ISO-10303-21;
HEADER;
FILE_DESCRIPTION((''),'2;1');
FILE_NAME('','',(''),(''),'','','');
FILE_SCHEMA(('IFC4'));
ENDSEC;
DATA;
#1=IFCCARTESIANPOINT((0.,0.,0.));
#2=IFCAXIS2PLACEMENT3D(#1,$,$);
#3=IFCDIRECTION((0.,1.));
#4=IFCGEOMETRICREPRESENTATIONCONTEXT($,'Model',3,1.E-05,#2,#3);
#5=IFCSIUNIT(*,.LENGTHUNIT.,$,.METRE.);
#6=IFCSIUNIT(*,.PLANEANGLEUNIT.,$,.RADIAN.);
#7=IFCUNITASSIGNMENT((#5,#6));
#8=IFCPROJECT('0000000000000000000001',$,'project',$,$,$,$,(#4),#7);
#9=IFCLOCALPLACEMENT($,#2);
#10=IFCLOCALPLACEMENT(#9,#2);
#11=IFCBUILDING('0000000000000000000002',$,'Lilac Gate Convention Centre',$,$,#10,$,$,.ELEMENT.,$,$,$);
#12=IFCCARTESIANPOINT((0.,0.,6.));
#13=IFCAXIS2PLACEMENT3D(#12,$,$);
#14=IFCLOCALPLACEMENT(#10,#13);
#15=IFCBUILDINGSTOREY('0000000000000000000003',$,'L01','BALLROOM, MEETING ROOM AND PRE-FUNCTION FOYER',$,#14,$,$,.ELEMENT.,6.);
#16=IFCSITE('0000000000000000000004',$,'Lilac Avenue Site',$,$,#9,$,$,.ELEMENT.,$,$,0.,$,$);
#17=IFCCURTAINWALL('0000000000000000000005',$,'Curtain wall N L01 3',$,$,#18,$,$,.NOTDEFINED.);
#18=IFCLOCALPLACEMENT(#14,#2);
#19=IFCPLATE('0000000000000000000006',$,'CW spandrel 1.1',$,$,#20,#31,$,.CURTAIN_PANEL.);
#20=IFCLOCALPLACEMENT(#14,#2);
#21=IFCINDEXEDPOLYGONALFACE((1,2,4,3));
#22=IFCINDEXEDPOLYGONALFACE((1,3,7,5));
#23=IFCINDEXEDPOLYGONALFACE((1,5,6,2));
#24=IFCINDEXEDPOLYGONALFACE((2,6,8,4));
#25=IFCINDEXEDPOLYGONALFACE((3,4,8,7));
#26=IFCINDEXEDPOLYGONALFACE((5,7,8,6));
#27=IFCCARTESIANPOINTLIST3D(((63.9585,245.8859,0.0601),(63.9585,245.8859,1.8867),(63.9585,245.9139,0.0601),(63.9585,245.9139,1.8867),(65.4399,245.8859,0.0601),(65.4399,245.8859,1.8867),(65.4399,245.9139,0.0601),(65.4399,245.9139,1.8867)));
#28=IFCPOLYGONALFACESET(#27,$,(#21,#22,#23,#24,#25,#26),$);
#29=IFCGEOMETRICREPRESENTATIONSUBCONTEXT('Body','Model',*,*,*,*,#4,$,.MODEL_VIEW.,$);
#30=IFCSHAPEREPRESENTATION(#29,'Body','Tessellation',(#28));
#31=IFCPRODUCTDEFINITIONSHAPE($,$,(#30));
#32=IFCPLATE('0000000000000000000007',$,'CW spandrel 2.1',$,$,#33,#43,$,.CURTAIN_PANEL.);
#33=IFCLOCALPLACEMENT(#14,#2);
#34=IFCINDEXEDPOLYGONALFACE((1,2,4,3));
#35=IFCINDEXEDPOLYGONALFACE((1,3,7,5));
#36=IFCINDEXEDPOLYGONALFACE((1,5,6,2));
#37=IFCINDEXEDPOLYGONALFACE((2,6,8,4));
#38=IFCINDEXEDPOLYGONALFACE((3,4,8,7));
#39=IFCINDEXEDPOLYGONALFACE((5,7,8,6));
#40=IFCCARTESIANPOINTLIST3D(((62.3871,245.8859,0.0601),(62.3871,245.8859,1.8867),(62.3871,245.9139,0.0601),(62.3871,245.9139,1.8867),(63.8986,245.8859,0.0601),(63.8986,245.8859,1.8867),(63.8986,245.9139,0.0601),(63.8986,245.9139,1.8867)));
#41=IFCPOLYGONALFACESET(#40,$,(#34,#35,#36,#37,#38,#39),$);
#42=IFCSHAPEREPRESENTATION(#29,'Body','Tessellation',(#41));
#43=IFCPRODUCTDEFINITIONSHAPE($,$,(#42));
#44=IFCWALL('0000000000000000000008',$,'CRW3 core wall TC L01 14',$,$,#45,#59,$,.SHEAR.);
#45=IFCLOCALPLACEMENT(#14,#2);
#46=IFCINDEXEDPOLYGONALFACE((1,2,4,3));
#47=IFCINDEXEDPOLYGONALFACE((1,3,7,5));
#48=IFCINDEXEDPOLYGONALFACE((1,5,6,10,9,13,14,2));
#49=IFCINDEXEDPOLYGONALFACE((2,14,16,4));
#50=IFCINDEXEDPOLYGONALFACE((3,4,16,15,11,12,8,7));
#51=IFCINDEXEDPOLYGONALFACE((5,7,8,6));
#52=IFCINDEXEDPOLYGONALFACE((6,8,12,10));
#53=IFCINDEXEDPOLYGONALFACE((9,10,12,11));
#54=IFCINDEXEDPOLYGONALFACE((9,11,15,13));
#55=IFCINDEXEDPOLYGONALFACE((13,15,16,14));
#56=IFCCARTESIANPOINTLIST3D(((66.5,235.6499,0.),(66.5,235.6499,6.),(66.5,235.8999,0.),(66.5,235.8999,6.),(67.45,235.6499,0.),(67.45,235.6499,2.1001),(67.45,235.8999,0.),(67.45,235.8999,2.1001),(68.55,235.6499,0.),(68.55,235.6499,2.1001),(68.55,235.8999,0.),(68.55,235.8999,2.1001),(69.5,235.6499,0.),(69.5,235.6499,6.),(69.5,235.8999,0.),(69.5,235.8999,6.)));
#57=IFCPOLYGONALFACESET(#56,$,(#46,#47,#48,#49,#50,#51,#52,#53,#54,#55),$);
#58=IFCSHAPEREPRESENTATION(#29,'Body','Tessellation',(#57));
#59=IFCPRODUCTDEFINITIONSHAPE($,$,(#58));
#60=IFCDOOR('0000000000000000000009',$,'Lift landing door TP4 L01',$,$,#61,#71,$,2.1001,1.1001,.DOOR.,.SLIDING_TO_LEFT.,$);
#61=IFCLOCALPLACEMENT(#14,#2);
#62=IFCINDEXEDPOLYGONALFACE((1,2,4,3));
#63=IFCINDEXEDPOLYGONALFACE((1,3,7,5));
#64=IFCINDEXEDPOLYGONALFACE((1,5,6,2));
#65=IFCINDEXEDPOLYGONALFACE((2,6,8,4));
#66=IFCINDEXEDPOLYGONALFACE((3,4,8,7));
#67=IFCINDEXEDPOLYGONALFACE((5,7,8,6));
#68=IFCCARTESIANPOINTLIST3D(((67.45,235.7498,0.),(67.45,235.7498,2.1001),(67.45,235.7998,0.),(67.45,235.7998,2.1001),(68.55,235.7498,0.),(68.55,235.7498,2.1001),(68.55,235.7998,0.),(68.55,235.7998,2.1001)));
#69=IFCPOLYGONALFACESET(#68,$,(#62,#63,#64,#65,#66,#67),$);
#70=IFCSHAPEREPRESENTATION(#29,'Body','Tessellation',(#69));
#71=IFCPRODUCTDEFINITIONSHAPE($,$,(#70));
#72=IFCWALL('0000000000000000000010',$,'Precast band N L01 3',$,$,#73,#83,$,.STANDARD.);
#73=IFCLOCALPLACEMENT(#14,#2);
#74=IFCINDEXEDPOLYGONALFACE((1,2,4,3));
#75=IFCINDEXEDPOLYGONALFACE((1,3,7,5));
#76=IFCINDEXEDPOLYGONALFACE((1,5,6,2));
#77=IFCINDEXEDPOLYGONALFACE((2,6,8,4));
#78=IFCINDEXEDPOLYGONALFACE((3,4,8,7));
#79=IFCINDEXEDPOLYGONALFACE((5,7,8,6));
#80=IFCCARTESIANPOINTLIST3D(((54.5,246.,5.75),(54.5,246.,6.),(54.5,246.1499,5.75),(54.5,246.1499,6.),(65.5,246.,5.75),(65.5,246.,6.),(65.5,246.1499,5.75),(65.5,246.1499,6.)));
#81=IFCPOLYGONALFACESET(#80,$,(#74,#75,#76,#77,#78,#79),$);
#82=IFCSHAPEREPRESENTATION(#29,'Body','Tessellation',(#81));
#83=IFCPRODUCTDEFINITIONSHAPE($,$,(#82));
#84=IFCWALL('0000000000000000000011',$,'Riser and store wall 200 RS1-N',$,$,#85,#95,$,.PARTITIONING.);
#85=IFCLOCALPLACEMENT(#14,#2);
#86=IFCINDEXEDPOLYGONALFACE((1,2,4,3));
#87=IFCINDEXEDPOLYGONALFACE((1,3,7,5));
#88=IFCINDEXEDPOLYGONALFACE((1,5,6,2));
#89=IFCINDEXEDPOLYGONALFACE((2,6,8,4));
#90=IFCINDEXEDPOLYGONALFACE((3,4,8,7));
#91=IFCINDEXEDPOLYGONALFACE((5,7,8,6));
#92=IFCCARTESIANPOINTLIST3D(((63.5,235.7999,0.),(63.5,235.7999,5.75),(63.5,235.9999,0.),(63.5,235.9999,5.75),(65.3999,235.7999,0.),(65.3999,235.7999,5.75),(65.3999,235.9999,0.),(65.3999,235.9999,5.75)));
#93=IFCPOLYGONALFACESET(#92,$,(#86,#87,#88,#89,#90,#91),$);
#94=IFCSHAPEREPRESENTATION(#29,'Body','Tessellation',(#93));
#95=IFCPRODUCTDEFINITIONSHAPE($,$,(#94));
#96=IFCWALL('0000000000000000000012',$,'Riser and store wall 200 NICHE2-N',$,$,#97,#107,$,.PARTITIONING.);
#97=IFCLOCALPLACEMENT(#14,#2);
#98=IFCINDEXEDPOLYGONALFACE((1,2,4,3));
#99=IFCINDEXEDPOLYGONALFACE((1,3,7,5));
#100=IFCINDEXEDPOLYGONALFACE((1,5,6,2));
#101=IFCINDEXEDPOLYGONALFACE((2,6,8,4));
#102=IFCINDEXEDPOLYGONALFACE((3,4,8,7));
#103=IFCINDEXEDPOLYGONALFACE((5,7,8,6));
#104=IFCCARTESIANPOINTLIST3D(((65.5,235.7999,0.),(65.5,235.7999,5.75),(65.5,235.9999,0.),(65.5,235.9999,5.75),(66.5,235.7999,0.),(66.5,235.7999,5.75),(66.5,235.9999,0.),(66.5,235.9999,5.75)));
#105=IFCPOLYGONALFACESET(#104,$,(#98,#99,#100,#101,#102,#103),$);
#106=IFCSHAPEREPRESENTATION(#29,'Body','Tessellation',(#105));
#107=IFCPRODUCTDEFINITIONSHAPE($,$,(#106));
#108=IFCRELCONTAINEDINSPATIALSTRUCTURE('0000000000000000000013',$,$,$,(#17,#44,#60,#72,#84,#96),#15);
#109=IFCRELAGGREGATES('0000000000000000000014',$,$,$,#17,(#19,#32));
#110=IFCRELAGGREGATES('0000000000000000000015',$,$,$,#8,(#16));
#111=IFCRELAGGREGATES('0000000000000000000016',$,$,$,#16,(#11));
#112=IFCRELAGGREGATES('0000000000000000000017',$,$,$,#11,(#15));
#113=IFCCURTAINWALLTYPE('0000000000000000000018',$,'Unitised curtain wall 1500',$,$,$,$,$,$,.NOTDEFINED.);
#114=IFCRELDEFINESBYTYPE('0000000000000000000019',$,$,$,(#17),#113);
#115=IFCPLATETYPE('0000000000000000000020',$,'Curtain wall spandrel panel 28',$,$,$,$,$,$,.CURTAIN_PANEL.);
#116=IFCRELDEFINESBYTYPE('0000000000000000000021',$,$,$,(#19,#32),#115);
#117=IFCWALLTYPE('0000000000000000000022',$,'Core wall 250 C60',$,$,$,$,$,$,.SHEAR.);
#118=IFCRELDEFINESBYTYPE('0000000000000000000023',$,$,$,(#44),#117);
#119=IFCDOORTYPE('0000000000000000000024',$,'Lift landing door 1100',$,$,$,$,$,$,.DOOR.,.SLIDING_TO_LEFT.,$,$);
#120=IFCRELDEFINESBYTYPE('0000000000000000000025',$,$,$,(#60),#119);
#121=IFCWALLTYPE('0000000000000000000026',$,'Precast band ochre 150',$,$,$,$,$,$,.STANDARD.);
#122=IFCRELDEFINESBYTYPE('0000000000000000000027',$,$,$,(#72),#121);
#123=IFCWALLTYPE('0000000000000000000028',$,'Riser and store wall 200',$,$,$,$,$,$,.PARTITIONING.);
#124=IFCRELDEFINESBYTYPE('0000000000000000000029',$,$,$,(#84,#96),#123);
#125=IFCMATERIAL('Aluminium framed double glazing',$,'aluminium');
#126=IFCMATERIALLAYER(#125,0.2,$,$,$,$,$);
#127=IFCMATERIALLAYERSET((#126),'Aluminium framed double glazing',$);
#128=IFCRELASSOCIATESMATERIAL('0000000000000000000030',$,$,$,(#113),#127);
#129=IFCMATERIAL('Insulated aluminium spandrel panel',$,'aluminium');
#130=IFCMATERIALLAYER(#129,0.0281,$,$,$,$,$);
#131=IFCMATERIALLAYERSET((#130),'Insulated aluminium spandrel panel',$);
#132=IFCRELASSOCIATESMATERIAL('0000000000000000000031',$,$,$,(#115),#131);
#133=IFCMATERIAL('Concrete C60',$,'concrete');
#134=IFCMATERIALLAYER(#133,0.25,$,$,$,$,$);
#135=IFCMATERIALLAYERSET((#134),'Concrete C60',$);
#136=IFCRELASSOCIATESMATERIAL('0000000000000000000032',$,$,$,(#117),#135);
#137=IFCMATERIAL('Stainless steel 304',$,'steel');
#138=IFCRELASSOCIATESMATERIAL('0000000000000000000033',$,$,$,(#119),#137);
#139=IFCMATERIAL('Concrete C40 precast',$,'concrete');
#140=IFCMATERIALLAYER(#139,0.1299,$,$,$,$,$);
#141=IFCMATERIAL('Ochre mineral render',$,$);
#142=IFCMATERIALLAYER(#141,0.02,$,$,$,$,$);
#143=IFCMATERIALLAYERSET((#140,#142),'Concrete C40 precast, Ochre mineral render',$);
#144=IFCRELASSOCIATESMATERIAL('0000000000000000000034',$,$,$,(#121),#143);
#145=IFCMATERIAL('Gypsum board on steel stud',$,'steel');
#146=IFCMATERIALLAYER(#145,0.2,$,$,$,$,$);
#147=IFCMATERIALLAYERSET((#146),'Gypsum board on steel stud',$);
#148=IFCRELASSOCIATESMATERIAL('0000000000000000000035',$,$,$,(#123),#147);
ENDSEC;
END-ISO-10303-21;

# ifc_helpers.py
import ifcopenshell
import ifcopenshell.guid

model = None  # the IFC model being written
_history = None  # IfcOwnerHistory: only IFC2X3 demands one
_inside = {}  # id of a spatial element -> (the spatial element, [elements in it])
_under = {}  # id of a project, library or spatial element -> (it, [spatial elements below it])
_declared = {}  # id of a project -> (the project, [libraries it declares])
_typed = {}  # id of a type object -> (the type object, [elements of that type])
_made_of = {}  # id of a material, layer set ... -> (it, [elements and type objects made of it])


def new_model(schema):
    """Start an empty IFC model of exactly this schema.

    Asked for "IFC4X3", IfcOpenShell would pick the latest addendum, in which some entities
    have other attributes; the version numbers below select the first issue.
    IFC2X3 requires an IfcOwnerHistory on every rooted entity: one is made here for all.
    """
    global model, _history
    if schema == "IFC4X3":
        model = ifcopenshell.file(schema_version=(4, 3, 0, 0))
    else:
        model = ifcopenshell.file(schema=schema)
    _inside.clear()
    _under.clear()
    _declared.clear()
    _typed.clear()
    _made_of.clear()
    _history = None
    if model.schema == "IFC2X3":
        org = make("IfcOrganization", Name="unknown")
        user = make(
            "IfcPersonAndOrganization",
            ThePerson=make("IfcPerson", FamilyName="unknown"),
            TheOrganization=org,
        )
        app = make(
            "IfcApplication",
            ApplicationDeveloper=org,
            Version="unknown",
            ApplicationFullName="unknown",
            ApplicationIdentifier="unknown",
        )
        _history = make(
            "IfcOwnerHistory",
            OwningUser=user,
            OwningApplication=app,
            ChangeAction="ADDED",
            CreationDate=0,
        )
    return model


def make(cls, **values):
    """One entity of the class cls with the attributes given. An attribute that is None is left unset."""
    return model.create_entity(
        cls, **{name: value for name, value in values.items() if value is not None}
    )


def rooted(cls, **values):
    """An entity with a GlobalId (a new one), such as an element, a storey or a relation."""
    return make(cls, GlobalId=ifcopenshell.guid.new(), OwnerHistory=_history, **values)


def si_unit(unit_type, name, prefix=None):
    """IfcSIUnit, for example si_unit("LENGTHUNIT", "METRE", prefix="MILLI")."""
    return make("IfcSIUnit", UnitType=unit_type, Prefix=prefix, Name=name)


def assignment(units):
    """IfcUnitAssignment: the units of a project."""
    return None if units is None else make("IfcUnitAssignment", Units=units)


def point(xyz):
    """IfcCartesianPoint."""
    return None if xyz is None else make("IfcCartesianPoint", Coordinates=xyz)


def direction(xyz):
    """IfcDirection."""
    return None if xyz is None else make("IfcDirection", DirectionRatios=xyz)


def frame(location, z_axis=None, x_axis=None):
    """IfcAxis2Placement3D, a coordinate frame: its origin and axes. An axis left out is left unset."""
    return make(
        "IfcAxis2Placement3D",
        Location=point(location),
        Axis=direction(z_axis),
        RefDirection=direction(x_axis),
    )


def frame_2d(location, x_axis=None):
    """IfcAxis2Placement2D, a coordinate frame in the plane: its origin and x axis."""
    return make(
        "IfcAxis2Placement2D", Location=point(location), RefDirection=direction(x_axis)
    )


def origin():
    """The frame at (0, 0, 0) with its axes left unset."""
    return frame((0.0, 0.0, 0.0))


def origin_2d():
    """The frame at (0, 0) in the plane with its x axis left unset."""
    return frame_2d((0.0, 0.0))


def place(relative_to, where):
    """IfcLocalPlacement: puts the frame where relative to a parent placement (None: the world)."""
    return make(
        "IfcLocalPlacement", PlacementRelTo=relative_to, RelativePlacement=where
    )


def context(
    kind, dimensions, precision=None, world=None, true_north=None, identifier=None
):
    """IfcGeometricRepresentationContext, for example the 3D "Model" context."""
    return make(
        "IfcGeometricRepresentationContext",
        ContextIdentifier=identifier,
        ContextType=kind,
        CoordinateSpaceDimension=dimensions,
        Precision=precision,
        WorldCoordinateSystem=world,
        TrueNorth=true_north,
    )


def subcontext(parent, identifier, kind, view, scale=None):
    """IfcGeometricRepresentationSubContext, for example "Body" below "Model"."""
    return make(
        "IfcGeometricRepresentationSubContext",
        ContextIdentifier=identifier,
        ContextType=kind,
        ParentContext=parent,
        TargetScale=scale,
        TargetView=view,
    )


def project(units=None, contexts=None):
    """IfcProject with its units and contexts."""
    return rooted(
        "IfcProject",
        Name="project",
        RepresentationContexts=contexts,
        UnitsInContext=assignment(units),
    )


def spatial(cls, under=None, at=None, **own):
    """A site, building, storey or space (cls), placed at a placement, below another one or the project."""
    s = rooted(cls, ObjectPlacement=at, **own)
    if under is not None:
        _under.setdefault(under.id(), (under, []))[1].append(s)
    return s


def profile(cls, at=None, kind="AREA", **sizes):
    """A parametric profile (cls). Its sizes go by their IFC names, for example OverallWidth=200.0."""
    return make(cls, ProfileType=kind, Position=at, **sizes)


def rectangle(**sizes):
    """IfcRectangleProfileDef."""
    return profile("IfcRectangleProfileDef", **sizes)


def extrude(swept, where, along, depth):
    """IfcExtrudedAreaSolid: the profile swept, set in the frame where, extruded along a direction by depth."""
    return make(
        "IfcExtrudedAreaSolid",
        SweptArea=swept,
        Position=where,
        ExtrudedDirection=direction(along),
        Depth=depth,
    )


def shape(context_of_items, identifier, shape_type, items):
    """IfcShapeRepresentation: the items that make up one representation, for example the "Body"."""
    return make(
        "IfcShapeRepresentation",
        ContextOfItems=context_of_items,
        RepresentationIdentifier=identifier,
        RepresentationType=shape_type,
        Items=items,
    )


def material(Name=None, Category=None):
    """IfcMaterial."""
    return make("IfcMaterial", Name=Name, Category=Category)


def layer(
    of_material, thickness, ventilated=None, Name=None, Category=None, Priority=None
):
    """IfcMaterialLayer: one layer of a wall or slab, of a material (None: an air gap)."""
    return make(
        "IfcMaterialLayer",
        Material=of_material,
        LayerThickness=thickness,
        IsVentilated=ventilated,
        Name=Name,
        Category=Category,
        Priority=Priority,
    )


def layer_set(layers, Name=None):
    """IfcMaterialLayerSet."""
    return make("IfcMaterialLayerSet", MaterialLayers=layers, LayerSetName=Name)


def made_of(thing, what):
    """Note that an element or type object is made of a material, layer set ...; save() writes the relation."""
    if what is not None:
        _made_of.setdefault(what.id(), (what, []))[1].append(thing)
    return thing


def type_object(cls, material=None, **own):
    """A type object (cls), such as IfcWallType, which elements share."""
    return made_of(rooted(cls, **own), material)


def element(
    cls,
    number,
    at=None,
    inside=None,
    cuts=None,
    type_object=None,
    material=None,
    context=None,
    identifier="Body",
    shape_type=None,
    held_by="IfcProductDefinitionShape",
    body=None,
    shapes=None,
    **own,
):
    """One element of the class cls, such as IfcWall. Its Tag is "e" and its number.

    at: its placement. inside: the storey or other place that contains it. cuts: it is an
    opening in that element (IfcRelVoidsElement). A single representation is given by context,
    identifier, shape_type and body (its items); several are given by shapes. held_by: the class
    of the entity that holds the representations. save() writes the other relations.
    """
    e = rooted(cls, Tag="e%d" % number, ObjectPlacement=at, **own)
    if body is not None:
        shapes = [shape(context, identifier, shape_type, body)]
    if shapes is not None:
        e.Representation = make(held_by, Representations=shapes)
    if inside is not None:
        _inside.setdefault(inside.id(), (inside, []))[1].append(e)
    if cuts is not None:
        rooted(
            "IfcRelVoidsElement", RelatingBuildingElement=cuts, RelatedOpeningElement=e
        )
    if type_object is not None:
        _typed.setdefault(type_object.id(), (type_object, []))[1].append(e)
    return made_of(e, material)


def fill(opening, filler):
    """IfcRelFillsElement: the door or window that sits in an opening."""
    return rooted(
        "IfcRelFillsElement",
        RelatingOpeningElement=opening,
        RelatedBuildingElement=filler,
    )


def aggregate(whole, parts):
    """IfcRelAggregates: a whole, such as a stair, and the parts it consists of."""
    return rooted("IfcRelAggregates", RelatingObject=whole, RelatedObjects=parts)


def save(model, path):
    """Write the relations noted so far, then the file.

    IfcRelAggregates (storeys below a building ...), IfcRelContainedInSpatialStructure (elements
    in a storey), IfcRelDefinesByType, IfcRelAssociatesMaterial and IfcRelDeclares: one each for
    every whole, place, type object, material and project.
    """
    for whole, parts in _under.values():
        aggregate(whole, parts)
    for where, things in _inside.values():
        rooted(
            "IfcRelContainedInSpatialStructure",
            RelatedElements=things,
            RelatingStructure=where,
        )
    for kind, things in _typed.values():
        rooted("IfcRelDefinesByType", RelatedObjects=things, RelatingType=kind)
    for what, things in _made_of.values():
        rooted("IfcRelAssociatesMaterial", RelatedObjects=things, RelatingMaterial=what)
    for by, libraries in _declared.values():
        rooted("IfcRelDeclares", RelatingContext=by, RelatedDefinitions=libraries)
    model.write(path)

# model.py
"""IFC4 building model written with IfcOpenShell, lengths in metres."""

from ifc_helpers import new_model, si_unit, direction, frame, frame_2d, origin, origin_2d, place, context, subcontext, project, spatial, rectangle, extrude, material, layer, layer_set, type_object, element, fill, aggregate, save


model = new_model("IFC4")

# Units and contexts
model_context = context("Model", 3, precision=1e-05, world=origin(), true_north=direction((0.0, 1.0)))
body_context = subcontext(model_context, "Body", "Model", "MODEL_VIEW")
ifc_project = project(units=[si_unit("LENGTHUNIT", "METRE"), si_unit("PLANEANGLEUNIT", "RADIAN")], contexts=[model_context])

# Site, building, storey
site_placement = place(None, origin())
site = spatial("IfcSite", under=ifc_project, at=site_placement, Name="Lilac Avenue Site", CompositionType="ELEMENT", RefElevation=0.0)
building_placement = place(site_placement, origin())
building = spatial("IfcBuilding", under=site, at=building_placement, Name="Lilac Gate Convention Centre", CompositionType="ELEMENT")
storey_placement = place(building_placement, frame((0.0, 0.0, 6.0)))
storey = spatial("IfcBuildingStorey", under=building, at=storey_placement, Name="L01", Description="BALLROOM, MEETING ROOM AND PRE-FUNCTION FOYER", CompositionType="ELEMENT", Elevation=6.0)

# Curtain wall
ifc_material_1 = material(Name="Aluminium framed double glazing", Category="aluminium")
ifc_layer_1 = layer(ifc_material_1, 0.2)
ifc_layer_set_1 = layer_set([ifc_layer_1], Name="Aluminium framed double glazing")
curtain_wall_type = type_object("IfcCurtainWallType", Name="Unitised curtain wall 1500", PredefinedType="NOTDEFINED", material=ifc_layer_set_1)
curtain_wall_1_placement = place(storey_placement, origin())
curtain_wall_1 = element("IfcCurtainWall", 1, at=curtain_wall_1_placement, inside=storey, type_object=curtain_wall_type, Name="Curtain wall N L01 3", PredefinedType="NOTDEFINED")

# Plates
ifc_material_2 = material(Name="Insulated aluminium spandrel panel", Category="aluminium")
ifc_layer_2 = layer(ifc_material_2, 0.0281)
ifc_layer_set_2 = layer_set([ifc_layer_2], Name="Insulated aluminium spandrel panel")
plate_type_1 = type_object("IfcPlateType", Name="Curtain wall spandrel panel 28", PredefinedType="CURTAIN_PANEL", material=ifc_layer_set_2)
plate_1_placement = place(storey_placement, frame((64.6992, 245.8999, 0.0601), z_axis=(0.0, 0.0, 1.0), x_axis=(-1.0, 0.0, 0.0)))
plate_1 = element("IfcPlate", 2, at=plate_1_placement, type_object=plate_type_1, Name="CW spandrel 1.1", PredefinedType="CURTAIN_PANEL", context=body_context, shape_type="SweptSolid", body=[
    extrude(rectangle(XDim=1.4814, YDim=0.0281, at=origin_2d()), origin(), (0.0, 0.0, 1.0), 1.8267),
])
plate_2_placement = place(storey_placement, frame((63.1428, 245.8999, 0.0601), z_axis=(0.0, 0.0, 1.0), x_axis=(-1.0, 0.0, 0.0)))
plate_2 = element("IfcPlate", 3, at=plate_2_placement, type_object=plate_type_1, Name="CW spandrel 2.1", PredefinedType="CURTAIN_PANEL", context=body_context, shape_type="SweptSolid", body=[
    extrude(rectangle(XDim=1.5115, YDim=0.0281, at=origin_2d()), origin(), (0.0, 0.0, 1.0), 1.8267),
])
aggregate(curtain_wall_1, [plate_1, plate_2])

# Wall, opening, door
ifc_material_3 = material(Name="Concrete C60", Category="concrete")
ifc_layer_3 = layer(ifc_material_3, 0.25)
ifc_layer_set_3 = layer_set([ifc_layer_3], Name="Concrete C60")
wall_type_1 = type_object("IfcWallType", Name="Core wall 250 C60", PredefinedType="SHEAR", material=ifc_layer_set_3)
wall_1_placement = place(storey_placement, frame((66.5, 235.7749, 0.0), z_axis=(0.0, 0.0, 1.0), x_axis=(1.0, 0.0, 0.0)))
wall_1 = element("IfcWall", 4, at=wall_1_placement, inside=storey, type_object=wall_type_1, Name="CRW3 core wall TC L01 14", PredefinedType="SHEAR", context=body_context, shape_type="SweptSolid", body=[
    extrude(rectangle(XDim=3.0, YDim=0.25, at=frame_2d((1.5, 0.0))), origin(), (0.0, 0.0, 1.0), 6.0),
])
opening_placement = place(wall_1_placement, frame((0.95, 0.0, 0.0)))
opening = element("IfcOpeningElement", 5, at=opening_placement, cuts=wall_1, PredefinedType="OPENING", context=body_context, shape_type="SweptSolid", body=[
    extrude(rectangle(XDim=1.1001, YDim=2.1001, at=frame_2d((0.55, 1.05))), frame((0.0, 0.135, 0.0), z_axis=(0.0, -1.0, 0.0), x_axis=(1.0, 0.0, 0.0)), (0.0, 0.0, 1.0), 0.27),
])
ifc_material_4 = material(Name="Stainless steel 304", Category="steel")
door_type = type_object("IfcDoorType", Name="Lift landing door 1100", OperationType="SLIDING_TO_LEFT", PredefinedType="DOOR", material=ifc_material_4)
door_placement = place(opening_placement, origin())
door = element("IfcDoor", 6, at=door_placement, inside=storey, type_object=door_type, Name="Lift landing door TP4 L01", OperationType="SLIDING_TO_LEFT", OverallHeight=2.1001, OverallWidth=1.1001, PredefinedType="DOOR", context=body_context, shape_type="SweptSolid", body=[
    extrude(rectangle(XDim=1.1001, YDim=2.1001, at=frame_2d((0.55, 1.05))), frame((0.0, 0.0249, 0.0), z_axis=(0.0, -1.0, 0.0), x_axis=(1.0, 0.0, 0.0)), (0.0, 0.0, 1.0), 0.05),
])
fill(opening, door)

# Walls
ifc_material_5 = material(Name="Concrete C40 precast", Category="concrete")
ifc_layer_4 = layer(ifc_material_5, 0.1299)
ifc_material_6 = material(Name="Ochre mineral render")
ifc_layer_5 = layer(ifc_material_6, 0.02)
ifc_layer_set_4 = layer_set([ifc_layer_4, ifc_layer_5], Name="Concrete C40 precast, Ochre mineral render")
wall_type_2 = type_object("IfcWallType", Name="Precast band ochre 150", PredefinedType="STANDARD", material=ifc_layer_set_4)
wall_2_placement = place(storey_placement, frame((65.5, 246.075, 5.75), z_axis=(0.0, 0.0, 1.0), x_axis=(-1.0, 0.0, 0.0)))
element("IfcWall", 7, at=wall_2_placement, inside=storey, type_object=wall_type_2, Name="Precast band N L01 3", PredefinedType="STANDARD", context=body_context, shape_type="SweptSolid", body=[
    extrude(rectangle(XDim=11.0, YDim=0.1499, at=frame_2d((5.5, 0.0))), origin(), (0.0, 0.0, 1.0), 0.25),
])
ifc_material_7 = material(Name="Gypsum board on steel stud", Category="steel")
ifc_layer_6 = layer(ifc_material_7, 0.2)
ifc_layer_set_5 = layer_set([ifc_layer_6], Name="Gypsum board on steel stud")
wall_type_3 = type_object("IfcWallType", Name="Riser and store wall 200", PredefinedType="PARTITIONING", material=ifc_layer_set_5)
wall_3_placement = place(storey_placement, frame((63.5, 235.8999, 0.0), z_axis=(0.0, 0.0, 1.0), x_axis=(1.0, 0.0, 0.0)))
element("IfcWall", 8, at=wall_3_placement, inside=storey, type_object=wall_type_3, Name="Riser and store wall 200 RS1-N", PredefinedType="PARTITIONING", context=body_context, shape_type="SweptSolid", body=[
    extrude(rectangle(XDim=1.8999, YDim=0.2, at=frame_2d((0.95, 0.0))), origin(), (0.0, 0.0, 1.0), 5.75),
])
wall_4_placement = place(storey_placement, frame((65.5, 235.8999, 0.0), z_axis=(0.0, 0.0, 1.0), x_axis=(1.0, 0.0, 0.0)))
element("IfcWall", 9, at=wall_4_placement, inside=storey, type_object=wall_type_3, Name="Riser and store wall 200 NICHE2-N", PredefinedType="PARTITIONING", context=body_context, shape_type="SweptSolid", body=[
    extrude(rectangle(XDim=1.0, YDim=0.2, at=frame_2d((0.5, 0.0))), origin(), (0.0, 0.0, 1.0), 5.75),
])

save(model, "model.ifc")
